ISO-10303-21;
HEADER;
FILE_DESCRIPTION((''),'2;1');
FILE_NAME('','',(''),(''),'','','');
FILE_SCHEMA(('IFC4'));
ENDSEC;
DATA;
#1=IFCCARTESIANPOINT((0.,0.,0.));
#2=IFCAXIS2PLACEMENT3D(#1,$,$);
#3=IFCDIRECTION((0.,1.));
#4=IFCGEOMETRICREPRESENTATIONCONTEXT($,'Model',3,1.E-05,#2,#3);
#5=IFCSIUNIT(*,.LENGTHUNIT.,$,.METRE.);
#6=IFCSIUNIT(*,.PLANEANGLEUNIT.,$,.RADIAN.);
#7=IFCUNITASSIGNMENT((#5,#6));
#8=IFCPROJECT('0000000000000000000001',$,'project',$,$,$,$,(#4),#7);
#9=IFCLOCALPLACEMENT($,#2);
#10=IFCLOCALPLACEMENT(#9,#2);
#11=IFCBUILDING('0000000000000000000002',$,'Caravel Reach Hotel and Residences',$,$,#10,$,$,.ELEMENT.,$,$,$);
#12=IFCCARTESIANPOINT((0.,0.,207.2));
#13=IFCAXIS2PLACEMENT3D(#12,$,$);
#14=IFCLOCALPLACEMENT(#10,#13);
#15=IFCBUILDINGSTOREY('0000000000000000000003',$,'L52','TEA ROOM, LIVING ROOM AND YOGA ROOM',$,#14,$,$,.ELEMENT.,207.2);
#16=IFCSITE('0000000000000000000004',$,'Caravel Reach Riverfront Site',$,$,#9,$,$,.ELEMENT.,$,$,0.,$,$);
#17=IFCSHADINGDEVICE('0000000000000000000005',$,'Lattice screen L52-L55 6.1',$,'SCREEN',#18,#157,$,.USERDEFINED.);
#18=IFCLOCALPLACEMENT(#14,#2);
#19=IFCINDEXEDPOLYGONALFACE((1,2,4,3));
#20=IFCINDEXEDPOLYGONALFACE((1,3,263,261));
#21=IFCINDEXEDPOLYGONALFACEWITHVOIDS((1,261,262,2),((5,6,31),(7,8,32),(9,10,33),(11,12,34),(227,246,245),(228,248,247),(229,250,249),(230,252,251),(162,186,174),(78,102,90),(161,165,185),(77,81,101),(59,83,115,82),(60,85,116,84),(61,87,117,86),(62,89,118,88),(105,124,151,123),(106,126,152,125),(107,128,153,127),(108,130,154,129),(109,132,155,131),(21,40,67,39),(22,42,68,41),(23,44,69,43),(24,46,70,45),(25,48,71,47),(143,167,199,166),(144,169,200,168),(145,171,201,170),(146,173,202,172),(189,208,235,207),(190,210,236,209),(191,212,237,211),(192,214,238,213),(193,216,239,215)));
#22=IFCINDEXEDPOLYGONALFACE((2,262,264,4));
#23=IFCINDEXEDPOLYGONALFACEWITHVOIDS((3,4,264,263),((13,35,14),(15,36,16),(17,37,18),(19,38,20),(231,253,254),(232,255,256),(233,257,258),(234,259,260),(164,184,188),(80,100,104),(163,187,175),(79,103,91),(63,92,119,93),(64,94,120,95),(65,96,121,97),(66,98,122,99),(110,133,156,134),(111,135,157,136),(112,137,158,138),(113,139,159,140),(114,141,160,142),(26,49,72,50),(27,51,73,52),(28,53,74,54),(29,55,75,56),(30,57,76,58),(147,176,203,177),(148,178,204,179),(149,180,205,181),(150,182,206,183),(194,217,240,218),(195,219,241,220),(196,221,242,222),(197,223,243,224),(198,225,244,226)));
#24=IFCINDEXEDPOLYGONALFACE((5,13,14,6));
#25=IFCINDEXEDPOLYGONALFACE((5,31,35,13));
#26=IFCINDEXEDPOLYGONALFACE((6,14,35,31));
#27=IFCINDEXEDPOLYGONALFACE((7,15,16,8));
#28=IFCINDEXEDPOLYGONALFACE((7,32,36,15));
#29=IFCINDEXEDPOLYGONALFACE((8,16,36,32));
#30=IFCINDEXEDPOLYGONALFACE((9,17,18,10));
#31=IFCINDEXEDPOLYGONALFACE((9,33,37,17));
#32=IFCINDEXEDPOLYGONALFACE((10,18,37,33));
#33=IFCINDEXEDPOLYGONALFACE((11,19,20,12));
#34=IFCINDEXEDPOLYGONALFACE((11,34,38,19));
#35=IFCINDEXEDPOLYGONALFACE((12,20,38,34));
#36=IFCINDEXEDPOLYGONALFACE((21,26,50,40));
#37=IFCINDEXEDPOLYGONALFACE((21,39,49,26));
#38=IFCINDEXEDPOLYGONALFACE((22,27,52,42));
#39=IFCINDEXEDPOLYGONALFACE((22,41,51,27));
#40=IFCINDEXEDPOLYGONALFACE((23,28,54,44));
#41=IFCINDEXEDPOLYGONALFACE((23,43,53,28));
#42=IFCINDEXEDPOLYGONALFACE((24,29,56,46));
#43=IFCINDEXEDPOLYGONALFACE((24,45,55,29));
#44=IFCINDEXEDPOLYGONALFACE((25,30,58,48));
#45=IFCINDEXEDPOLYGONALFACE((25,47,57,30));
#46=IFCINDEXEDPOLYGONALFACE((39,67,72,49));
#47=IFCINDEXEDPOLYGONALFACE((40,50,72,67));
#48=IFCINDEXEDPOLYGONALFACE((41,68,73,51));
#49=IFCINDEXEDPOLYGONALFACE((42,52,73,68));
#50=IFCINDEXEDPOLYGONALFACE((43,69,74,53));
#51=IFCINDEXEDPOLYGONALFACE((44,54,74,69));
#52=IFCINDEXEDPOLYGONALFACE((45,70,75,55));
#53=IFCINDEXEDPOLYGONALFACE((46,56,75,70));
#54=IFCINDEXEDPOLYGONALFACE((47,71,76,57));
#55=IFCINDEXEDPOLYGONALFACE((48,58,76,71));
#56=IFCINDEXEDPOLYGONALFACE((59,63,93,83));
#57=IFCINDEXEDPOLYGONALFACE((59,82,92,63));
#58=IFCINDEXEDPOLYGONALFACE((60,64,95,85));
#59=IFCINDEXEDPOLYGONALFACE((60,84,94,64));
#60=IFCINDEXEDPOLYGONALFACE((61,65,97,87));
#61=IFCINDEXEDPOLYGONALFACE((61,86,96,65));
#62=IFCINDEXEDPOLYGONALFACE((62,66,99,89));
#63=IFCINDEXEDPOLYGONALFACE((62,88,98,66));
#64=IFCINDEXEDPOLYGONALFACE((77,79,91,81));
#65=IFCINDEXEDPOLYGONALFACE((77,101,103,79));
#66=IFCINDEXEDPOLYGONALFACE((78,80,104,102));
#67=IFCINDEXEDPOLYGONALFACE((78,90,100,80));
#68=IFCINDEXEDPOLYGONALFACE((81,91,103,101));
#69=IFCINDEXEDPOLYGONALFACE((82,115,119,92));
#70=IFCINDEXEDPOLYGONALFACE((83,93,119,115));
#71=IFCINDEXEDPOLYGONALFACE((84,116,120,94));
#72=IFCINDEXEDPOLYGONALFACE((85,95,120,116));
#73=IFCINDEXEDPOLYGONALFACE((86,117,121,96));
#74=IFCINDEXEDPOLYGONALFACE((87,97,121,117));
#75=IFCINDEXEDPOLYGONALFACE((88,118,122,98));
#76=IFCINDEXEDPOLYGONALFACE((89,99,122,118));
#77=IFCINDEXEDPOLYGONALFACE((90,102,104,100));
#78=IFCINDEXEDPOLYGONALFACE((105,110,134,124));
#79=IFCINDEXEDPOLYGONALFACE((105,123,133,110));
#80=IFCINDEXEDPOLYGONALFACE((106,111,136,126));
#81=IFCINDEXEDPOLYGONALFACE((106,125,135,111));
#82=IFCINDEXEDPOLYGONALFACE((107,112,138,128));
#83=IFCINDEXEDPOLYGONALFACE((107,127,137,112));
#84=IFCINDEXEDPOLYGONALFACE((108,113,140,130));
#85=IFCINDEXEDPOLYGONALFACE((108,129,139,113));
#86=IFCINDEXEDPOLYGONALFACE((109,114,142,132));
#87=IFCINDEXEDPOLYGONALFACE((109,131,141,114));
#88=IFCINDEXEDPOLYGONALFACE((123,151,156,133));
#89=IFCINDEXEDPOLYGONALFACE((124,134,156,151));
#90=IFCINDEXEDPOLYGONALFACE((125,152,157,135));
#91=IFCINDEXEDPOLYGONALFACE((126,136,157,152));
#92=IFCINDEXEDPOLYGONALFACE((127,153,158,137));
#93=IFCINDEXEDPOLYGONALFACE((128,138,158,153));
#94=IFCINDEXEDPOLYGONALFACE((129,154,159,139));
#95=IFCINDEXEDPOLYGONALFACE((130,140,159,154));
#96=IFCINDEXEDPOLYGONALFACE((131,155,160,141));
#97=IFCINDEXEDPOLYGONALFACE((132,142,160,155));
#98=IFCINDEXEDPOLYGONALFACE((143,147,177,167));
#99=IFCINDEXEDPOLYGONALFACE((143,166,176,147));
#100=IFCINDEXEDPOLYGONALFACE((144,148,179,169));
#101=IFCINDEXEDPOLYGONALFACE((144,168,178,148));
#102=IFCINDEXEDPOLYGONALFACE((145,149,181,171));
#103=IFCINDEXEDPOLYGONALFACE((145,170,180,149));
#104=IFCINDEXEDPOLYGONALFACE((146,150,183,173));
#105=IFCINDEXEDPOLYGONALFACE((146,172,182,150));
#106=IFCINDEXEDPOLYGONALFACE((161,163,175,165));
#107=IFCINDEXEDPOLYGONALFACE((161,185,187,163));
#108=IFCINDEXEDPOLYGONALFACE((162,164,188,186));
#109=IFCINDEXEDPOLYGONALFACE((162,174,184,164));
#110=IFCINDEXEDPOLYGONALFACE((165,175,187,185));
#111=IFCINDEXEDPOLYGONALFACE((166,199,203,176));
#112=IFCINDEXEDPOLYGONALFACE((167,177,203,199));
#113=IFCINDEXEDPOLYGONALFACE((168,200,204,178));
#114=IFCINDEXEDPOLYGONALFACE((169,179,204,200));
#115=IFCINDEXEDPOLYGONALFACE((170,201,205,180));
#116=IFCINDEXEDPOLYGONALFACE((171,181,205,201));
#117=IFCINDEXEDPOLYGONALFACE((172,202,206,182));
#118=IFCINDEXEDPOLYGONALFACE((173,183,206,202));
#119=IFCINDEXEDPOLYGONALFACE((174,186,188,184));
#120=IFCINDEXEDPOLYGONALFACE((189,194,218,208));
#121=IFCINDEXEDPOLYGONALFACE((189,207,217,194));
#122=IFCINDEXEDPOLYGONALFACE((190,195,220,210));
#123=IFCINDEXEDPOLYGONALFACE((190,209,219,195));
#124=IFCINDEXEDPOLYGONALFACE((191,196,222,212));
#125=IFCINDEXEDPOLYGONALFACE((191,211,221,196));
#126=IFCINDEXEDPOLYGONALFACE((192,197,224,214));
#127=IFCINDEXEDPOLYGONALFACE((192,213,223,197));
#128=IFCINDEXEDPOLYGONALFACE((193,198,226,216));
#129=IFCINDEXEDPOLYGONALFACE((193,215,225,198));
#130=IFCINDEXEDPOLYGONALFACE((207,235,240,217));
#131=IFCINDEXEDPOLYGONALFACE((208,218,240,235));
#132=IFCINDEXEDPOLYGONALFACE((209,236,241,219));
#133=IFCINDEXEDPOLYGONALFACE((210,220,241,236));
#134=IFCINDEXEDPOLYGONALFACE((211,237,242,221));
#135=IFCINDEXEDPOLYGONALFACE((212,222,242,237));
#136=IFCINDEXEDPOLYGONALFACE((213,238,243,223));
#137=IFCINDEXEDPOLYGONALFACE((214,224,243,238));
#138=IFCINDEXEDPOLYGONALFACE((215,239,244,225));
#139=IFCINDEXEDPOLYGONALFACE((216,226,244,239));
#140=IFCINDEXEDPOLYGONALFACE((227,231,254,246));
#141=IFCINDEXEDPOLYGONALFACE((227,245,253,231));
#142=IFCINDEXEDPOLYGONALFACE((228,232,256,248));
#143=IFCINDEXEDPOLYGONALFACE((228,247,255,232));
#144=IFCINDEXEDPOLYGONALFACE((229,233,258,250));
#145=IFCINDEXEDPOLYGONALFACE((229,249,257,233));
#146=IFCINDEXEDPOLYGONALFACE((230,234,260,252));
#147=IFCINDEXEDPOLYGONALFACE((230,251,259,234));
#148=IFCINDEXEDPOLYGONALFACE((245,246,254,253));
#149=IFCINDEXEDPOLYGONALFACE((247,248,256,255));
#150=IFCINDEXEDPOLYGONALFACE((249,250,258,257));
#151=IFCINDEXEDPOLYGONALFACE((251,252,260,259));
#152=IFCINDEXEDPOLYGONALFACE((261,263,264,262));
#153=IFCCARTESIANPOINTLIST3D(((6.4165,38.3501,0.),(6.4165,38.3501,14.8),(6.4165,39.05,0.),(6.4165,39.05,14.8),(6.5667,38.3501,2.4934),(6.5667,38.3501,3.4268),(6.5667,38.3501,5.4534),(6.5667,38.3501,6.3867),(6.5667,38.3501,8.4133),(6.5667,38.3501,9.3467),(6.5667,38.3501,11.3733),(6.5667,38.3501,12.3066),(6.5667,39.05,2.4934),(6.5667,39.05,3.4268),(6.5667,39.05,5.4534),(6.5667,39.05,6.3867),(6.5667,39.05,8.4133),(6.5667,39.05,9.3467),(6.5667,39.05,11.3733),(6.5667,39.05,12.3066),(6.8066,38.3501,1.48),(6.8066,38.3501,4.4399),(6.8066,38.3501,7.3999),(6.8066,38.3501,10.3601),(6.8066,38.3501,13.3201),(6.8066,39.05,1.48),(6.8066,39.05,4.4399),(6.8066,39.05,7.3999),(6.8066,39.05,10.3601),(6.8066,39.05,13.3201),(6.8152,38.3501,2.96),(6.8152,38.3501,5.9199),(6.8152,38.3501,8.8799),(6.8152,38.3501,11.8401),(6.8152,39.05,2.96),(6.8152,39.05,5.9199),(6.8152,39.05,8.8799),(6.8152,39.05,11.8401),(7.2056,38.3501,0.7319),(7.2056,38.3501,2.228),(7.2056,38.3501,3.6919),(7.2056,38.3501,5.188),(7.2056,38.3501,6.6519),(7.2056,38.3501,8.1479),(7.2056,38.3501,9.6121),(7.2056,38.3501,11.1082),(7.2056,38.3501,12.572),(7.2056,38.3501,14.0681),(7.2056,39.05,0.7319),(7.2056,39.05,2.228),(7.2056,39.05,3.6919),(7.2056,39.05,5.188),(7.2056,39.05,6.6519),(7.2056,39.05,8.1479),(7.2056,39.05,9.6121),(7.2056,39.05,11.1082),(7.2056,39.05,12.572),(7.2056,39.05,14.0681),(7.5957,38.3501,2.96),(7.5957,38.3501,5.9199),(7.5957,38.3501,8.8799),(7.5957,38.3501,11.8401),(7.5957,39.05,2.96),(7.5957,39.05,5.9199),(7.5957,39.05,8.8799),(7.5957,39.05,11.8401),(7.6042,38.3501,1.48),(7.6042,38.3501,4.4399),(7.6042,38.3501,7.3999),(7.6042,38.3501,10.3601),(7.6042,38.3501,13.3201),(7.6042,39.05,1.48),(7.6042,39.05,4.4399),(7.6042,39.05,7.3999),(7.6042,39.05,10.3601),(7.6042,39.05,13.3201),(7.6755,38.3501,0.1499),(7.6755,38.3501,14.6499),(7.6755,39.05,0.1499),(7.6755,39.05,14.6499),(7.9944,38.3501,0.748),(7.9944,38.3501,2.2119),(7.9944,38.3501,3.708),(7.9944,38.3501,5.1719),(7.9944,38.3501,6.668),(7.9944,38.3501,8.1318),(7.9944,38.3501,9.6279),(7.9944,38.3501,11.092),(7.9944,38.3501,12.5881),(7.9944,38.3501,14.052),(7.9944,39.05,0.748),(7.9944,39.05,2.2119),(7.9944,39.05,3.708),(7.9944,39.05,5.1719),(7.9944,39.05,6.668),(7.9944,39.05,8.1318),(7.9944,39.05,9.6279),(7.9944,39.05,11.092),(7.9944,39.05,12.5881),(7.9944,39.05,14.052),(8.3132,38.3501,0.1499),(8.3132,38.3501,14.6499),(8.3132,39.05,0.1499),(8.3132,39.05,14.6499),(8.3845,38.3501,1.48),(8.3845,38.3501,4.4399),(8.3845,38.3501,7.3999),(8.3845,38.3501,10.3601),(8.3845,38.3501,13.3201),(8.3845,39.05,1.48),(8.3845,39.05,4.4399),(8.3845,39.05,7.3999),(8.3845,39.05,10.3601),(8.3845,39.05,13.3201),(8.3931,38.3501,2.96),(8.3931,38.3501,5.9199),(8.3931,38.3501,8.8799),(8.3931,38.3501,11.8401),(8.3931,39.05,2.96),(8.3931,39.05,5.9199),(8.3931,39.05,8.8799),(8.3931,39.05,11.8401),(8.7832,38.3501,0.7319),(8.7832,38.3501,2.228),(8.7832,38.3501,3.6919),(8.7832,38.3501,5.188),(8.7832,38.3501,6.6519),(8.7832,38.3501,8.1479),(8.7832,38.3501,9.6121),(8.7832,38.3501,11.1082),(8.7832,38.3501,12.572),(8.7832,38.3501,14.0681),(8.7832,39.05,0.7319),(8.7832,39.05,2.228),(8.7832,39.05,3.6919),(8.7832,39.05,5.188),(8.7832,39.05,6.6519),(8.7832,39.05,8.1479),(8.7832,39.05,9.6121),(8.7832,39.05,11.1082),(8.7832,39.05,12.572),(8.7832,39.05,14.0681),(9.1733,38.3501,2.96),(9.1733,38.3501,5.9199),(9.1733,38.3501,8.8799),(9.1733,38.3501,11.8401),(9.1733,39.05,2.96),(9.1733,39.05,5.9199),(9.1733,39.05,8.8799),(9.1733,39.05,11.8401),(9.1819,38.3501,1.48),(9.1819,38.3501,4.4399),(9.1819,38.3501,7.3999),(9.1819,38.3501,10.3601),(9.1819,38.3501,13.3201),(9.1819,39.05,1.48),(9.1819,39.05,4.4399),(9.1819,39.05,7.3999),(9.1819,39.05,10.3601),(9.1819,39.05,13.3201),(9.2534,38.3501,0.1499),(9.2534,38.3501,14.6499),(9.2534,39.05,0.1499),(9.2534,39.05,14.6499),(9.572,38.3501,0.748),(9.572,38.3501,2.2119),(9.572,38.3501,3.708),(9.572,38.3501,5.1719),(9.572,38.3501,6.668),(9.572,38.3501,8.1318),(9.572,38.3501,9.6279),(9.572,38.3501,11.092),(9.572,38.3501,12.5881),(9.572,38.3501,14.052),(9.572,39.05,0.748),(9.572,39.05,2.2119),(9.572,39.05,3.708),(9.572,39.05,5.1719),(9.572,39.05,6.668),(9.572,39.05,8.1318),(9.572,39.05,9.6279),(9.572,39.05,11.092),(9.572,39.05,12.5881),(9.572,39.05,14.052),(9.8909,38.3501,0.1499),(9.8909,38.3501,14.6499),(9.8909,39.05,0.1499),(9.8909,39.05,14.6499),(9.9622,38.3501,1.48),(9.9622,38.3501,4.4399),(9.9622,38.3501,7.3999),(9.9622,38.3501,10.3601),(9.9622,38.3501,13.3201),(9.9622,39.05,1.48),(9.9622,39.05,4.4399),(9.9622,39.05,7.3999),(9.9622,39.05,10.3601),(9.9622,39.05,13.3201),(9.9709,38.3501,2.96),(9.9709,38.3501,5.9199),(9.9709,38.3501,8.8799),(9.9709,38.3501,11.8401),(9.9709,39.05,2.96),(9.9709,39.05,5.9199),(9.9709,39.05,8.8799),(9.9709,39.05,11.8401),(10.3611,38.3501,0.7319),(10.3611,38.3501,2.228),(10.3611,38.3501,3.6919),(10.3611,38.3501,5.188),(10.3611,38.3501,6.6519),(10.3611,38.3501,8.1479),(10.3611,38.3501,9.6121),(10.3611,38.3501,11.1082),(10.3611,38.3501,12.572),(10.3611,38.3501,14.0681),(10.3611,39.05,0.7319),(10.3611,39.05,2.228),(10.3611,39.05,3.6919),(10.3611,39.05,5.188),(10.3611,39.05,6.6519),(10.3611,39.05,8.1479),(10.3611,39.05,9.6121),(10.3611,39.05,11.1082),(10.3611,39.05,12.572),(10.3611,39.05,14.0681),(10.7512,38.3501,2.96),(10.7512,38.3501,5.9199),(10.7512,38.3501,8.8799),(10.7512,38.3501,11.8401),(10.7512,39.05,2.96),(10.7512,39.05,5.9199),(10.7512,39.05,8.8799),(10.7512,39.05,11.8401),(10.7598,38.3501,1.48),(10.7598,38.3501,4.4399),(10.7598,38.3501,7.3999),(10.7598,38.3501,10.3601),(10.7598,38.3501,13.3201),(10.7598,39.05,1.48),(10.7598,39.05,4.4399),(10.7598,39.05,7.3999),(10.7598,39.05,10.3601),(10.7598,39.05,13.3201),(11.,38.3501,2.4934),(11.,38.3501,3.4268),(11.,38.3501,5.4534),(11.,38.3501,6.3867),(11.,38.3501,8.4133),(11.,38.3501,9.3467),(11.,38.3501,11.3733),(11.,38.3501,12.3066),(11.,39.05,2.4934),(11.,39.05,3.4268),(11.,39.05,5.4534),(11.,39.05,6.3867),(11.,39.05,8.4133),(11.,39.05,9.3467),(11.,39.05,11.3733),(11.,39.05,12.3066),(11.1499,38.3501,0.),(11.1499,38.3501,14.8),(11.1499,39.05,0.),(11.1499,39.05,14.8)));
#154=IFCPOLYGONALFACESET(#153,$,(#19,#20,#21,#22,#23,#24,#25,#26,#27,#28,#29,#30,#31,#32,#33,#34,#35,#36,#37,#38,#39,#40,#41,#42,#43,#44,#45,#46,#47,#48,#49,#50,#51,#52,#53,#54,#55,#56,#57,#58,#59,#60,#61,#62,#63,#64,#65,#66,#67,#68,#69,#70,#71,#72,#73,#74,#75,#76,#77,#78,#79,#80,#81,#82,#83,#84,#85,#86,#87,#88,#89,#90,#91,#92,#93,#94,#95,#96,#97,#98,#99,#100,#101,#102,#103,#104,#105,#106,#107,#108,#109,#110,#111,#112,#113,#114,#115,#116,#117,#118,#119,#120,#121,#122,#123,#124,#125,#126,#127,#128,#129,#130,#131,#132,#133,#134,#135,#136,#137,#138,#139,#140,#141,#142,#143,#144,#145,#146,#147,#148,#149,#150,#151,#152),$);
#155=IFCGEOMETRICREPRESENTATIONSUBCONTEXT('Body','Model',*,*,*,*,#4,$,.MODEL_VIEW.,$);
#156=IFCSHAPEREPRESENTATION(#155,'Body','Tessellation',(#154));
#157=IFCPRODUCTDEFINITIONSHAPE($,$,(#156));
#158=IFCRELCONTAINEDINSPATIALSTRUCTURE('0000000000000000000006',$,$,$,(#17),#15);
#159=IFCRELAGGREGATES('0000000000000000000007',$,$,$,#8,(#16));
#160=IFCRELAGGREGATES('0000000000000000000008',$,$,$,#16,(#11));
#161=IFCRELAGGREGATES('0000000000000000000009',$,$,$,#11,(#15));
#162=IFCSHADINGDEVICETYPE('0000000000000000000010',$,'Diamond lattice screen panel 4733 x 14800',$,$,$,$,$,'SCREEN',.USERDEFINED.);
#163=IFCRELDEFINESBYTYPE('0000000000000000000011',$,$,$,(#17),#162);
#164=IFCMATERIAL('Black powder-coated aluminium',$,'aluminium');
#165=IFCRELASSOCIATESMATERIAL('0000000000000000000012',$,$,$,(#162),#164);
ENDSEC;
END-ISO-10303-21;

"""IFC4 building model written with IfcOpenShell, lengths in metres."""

from ifc_helpers import new_model, si_unit, direction, frame, origin, place, context, subcontext, project, spatial, polyline, outline, extrude, material, type_object, element, save


model = new_model("IFC4")

# Units and contexts
model_context = context("Model", 3, precision=1e-05, world=origin(), true_north=direction((0.0, 1.0)))
body_context = subcontext(model_context, "Body", "Model", "MODEL_VIEW")
ifc_project = project(units=[si_unit("LENGTHUNIT", "METRE"), si_unit("PLANEANGLEUNIT", "RADIAN")], contexts=[model_context])

# Site, building, storey
site_placement = place(None, origin())
site = spatial("IfcSite", under=ifc_project, at=site_placement, Name="Caravel Reach Riverfront Site", CompositionType="ELEMENT", RefElevation=0.0)
building_placement = place(site_placement, origin())
building = spatial("IfcBuilding", under=site, at=building_placement, Name="Caravel Reach Hotel and Residences", CompositionType="ELEMENT")
storey_placement = place(building_placement, frame((0.0, 0.0, 207.2)))
storey = spatial("IfcBuildingStorey", under=building, at=storey_placement, Name="L52", Description="TEA ROOM, LIVING ROOM AND YOGA ROOM", CompositionType="ELEMENT", Elevation=207.2)

# Shading device
ifc_material_1 = material(Name="Black powder-coated aluminium", Category="aluminium")
shading_device_type_1 = type_object("IfcShadingDeviceType", Name="Diamond lattice screen panel 4733 x 14800", ElementType="SCREEN", PredefinedType="USERDEFINED", material=ifc_material_1)
shading_device_1_placement = place(storey_placement, frame((11.1499, 38.3501, 0.0), z_axis=(0.0, 1.0, 0.0), x_axis=(-1.0, 0.0, 0.0)))
element("IfcShadingDevice", 1, at=shading_device_1_placement, inside=storey, type_object=shading_device_type_1, Name="Lattice screen L52-L55 6.1", ObjectType="SCREEN", PredefinedType="USERDEFINED", context=body_context, shape_type="SweptSolid", body=[
    extrude(outline(polyline([(0.0, 0.0), (4.7334, 0.0), (4.7334, 14.8), (0.0, 14.8), (0.0, 0.0)]), holes=[polyline([(0.3987, 2.96), (0.1499, 3.4268), (0.1499, 2.4934), (0.3987, 2.96)]), polyline([(0.3987, 5.9199), (0.1499, 6.3867), (0.1499, 5.4534), (0.3987, 5.9199)]), polyline([(0.3987, 8.8799), (0.1499, 9.3467), (0.1499, 8.4133), (0.3987, 8.8799)]), polyline([(0.3987, 11.8401), (0.1499, 12.3066), (0.1499, 11.3733), (0.3987, 11.8401)]), polyline([(0.7888, 2.228), (0.3901, 1.48), (0.7888, 0.7319), (1.1877, 1.48), (0.7888, 2.228)]), polyline([(0.7888, 5.188), (0.3901, 4.4399), (0.7888, 3.6919), (1.1877, 4.4399), (0.7888, 5.188)]), polyline([(0.7888, 8.1479), (0.3901, 7.3999), (0.7888, 6.6519), (1.1877, 7.3999), (0.7888, 8.1479)]), polyline([(0.7888, 11.1082), (0.3901, 10.3601), (0.7888, 9.6121), (1.1877, 10.3601), (0.7888, 11.1082)]), polyline([(0.7888, 14.0681), (0.3901, 13.3201), (0.7888, 12.572), (1.1877, 13.3201), (0.7888, 14.0681)]), polyline([(1.5779, 0.748), (1.259, 0.1499), (1.8965, 0.1499), (1.5779, 0.748)]), polyline([(1.5779, 3.708), (1.179, 2.96), (1.5779, 2.2119), (1.9766, 2.96), (1.5779, 3.708)]), polyline([(1.5779, 6.668), (1.179, 5.9199), (1.5779, 5.1719), (1.9766, 5.9199), (1.5779, 6.668)]), polyline([(1.5779, 9.6279), (1.179, 8.8799), (1.5779, 8.1318), (1.9766, 8.8799), (1.5779, 9.6279)]), polyline([(1.5779, 12.5881), (1.179, 11.8401), (1.5779, 11.092), (1.9766, 11.8401), (1.5779, 12.5881)]), polyline([(1.5779, 14.052), (1.8965, 14.6499), (1.259, 14.6499), (1.5779, 14.052)]), polyline([(2.3667, 2.228), (1.968, 1.48), (2.3667, 0.7319), (2.7654, 1.48), (2.3667, 2.228)]), polyline([(2.3667, 5.188), (1.968, 4.4399), (2.3667, 3.6919), (2.7654, 4.4399), (2.3667, 5.188)]), polyline([(2.3667, 8.1479), (1.968, 7.3999), (2.3667, 6.6519), (2.7654, 7.3999), (2.3667, 8.1479)]), polyline([(2.3667, 11.1082), (1.968, 10.3601), (2.3667, 9.6121), (2.7654, 10.3601), (2.3667, 11.1082)]), polyline([(2.3667, 14.0681), (1.968, 13.3201), (2.3667, 12.572), (2.7654, 13.3201), (2.3667, 14.0681)]), polyline([(3.1555, 0.748), (2.8367, 0.1499), (3.4744, 0.1499), (3.1555, 0.748)]), polyline([(3.1555, 3.708), (2.7568, 2.96), (3.1555, 2.2119), (3.5542, 2.96), (3.1555, 3.708)]), polyline([(3.1555, 6.668), (2.7568, 5.9199), (3.1555, 5.1719), (3.5542, 5.9199), (3.1555, 6.668)]), polyline([(3.1555, 9.6279), (2.7568, 8.8799), (3.1555, 8.1318), (3.5542, 8.8799), (3.1555, 9.6279)]), polyline([(3.1555, 12.5881), (2.7568, 11.8401), (3.1555, 11.092), (3.5542, 11.8401), (3.1555, 12.5881)]), polyline([(3.1555, 14.052), (3.4744, 14.6499), (2.8367, 14.6499), (3.1555, 14.052)]), polyline([(3.9443, 2.228), (3.5457, 1.48), (3.9443, 0.7319), (4.3433, 1.48), (3.9443, 2.228)]), polyline([(3.9443, 5.188), (3.5457, 4.4399), (3.9443, 3.6919), (4.3433, 4.4399), (3.9443, 5.188)]), polyline([(3.9443, 8.1479), (3.5457, 7.3999), (3.9443, 6.6519), (4.3433, 7.3999), (3.9443, 8.1479)]), polyline([(3.9443, 11.1082), (3.5457, 10.3601), (3.9443, 9.6121), (4.3433, 10.3601), (3.9443, 11.1082)]), polyline([(3.9443, 14.0681), (3.5457, 13.3201), (3.9443, 12.572), (4.3433, 13.3201), (3.9443, 14.0681)]), polyline([(4.3347, 2.96), (4.5833, 2.4934), (4.5833, 3.4268), (4.3347, 2.96)]), polyline([(4.3347, 5.9199), (4.5833, 5.4534), (4.5833, 6.3867), (4.3347, 5.9199)]), polyline([(4.3347, 8.8799), (4.5833, 8.4133), (4.5833, 9.3467), (4.3347, 8.8799)]), polyline([(4.3347, 11.8401), (4.5833, 11.3733), (4.5833, 12.3066), (4.3347, 11.8401)])]), origin(), (0.0, 0.0, 1.0), 0.7),
])

save(model, "model.ifc")
